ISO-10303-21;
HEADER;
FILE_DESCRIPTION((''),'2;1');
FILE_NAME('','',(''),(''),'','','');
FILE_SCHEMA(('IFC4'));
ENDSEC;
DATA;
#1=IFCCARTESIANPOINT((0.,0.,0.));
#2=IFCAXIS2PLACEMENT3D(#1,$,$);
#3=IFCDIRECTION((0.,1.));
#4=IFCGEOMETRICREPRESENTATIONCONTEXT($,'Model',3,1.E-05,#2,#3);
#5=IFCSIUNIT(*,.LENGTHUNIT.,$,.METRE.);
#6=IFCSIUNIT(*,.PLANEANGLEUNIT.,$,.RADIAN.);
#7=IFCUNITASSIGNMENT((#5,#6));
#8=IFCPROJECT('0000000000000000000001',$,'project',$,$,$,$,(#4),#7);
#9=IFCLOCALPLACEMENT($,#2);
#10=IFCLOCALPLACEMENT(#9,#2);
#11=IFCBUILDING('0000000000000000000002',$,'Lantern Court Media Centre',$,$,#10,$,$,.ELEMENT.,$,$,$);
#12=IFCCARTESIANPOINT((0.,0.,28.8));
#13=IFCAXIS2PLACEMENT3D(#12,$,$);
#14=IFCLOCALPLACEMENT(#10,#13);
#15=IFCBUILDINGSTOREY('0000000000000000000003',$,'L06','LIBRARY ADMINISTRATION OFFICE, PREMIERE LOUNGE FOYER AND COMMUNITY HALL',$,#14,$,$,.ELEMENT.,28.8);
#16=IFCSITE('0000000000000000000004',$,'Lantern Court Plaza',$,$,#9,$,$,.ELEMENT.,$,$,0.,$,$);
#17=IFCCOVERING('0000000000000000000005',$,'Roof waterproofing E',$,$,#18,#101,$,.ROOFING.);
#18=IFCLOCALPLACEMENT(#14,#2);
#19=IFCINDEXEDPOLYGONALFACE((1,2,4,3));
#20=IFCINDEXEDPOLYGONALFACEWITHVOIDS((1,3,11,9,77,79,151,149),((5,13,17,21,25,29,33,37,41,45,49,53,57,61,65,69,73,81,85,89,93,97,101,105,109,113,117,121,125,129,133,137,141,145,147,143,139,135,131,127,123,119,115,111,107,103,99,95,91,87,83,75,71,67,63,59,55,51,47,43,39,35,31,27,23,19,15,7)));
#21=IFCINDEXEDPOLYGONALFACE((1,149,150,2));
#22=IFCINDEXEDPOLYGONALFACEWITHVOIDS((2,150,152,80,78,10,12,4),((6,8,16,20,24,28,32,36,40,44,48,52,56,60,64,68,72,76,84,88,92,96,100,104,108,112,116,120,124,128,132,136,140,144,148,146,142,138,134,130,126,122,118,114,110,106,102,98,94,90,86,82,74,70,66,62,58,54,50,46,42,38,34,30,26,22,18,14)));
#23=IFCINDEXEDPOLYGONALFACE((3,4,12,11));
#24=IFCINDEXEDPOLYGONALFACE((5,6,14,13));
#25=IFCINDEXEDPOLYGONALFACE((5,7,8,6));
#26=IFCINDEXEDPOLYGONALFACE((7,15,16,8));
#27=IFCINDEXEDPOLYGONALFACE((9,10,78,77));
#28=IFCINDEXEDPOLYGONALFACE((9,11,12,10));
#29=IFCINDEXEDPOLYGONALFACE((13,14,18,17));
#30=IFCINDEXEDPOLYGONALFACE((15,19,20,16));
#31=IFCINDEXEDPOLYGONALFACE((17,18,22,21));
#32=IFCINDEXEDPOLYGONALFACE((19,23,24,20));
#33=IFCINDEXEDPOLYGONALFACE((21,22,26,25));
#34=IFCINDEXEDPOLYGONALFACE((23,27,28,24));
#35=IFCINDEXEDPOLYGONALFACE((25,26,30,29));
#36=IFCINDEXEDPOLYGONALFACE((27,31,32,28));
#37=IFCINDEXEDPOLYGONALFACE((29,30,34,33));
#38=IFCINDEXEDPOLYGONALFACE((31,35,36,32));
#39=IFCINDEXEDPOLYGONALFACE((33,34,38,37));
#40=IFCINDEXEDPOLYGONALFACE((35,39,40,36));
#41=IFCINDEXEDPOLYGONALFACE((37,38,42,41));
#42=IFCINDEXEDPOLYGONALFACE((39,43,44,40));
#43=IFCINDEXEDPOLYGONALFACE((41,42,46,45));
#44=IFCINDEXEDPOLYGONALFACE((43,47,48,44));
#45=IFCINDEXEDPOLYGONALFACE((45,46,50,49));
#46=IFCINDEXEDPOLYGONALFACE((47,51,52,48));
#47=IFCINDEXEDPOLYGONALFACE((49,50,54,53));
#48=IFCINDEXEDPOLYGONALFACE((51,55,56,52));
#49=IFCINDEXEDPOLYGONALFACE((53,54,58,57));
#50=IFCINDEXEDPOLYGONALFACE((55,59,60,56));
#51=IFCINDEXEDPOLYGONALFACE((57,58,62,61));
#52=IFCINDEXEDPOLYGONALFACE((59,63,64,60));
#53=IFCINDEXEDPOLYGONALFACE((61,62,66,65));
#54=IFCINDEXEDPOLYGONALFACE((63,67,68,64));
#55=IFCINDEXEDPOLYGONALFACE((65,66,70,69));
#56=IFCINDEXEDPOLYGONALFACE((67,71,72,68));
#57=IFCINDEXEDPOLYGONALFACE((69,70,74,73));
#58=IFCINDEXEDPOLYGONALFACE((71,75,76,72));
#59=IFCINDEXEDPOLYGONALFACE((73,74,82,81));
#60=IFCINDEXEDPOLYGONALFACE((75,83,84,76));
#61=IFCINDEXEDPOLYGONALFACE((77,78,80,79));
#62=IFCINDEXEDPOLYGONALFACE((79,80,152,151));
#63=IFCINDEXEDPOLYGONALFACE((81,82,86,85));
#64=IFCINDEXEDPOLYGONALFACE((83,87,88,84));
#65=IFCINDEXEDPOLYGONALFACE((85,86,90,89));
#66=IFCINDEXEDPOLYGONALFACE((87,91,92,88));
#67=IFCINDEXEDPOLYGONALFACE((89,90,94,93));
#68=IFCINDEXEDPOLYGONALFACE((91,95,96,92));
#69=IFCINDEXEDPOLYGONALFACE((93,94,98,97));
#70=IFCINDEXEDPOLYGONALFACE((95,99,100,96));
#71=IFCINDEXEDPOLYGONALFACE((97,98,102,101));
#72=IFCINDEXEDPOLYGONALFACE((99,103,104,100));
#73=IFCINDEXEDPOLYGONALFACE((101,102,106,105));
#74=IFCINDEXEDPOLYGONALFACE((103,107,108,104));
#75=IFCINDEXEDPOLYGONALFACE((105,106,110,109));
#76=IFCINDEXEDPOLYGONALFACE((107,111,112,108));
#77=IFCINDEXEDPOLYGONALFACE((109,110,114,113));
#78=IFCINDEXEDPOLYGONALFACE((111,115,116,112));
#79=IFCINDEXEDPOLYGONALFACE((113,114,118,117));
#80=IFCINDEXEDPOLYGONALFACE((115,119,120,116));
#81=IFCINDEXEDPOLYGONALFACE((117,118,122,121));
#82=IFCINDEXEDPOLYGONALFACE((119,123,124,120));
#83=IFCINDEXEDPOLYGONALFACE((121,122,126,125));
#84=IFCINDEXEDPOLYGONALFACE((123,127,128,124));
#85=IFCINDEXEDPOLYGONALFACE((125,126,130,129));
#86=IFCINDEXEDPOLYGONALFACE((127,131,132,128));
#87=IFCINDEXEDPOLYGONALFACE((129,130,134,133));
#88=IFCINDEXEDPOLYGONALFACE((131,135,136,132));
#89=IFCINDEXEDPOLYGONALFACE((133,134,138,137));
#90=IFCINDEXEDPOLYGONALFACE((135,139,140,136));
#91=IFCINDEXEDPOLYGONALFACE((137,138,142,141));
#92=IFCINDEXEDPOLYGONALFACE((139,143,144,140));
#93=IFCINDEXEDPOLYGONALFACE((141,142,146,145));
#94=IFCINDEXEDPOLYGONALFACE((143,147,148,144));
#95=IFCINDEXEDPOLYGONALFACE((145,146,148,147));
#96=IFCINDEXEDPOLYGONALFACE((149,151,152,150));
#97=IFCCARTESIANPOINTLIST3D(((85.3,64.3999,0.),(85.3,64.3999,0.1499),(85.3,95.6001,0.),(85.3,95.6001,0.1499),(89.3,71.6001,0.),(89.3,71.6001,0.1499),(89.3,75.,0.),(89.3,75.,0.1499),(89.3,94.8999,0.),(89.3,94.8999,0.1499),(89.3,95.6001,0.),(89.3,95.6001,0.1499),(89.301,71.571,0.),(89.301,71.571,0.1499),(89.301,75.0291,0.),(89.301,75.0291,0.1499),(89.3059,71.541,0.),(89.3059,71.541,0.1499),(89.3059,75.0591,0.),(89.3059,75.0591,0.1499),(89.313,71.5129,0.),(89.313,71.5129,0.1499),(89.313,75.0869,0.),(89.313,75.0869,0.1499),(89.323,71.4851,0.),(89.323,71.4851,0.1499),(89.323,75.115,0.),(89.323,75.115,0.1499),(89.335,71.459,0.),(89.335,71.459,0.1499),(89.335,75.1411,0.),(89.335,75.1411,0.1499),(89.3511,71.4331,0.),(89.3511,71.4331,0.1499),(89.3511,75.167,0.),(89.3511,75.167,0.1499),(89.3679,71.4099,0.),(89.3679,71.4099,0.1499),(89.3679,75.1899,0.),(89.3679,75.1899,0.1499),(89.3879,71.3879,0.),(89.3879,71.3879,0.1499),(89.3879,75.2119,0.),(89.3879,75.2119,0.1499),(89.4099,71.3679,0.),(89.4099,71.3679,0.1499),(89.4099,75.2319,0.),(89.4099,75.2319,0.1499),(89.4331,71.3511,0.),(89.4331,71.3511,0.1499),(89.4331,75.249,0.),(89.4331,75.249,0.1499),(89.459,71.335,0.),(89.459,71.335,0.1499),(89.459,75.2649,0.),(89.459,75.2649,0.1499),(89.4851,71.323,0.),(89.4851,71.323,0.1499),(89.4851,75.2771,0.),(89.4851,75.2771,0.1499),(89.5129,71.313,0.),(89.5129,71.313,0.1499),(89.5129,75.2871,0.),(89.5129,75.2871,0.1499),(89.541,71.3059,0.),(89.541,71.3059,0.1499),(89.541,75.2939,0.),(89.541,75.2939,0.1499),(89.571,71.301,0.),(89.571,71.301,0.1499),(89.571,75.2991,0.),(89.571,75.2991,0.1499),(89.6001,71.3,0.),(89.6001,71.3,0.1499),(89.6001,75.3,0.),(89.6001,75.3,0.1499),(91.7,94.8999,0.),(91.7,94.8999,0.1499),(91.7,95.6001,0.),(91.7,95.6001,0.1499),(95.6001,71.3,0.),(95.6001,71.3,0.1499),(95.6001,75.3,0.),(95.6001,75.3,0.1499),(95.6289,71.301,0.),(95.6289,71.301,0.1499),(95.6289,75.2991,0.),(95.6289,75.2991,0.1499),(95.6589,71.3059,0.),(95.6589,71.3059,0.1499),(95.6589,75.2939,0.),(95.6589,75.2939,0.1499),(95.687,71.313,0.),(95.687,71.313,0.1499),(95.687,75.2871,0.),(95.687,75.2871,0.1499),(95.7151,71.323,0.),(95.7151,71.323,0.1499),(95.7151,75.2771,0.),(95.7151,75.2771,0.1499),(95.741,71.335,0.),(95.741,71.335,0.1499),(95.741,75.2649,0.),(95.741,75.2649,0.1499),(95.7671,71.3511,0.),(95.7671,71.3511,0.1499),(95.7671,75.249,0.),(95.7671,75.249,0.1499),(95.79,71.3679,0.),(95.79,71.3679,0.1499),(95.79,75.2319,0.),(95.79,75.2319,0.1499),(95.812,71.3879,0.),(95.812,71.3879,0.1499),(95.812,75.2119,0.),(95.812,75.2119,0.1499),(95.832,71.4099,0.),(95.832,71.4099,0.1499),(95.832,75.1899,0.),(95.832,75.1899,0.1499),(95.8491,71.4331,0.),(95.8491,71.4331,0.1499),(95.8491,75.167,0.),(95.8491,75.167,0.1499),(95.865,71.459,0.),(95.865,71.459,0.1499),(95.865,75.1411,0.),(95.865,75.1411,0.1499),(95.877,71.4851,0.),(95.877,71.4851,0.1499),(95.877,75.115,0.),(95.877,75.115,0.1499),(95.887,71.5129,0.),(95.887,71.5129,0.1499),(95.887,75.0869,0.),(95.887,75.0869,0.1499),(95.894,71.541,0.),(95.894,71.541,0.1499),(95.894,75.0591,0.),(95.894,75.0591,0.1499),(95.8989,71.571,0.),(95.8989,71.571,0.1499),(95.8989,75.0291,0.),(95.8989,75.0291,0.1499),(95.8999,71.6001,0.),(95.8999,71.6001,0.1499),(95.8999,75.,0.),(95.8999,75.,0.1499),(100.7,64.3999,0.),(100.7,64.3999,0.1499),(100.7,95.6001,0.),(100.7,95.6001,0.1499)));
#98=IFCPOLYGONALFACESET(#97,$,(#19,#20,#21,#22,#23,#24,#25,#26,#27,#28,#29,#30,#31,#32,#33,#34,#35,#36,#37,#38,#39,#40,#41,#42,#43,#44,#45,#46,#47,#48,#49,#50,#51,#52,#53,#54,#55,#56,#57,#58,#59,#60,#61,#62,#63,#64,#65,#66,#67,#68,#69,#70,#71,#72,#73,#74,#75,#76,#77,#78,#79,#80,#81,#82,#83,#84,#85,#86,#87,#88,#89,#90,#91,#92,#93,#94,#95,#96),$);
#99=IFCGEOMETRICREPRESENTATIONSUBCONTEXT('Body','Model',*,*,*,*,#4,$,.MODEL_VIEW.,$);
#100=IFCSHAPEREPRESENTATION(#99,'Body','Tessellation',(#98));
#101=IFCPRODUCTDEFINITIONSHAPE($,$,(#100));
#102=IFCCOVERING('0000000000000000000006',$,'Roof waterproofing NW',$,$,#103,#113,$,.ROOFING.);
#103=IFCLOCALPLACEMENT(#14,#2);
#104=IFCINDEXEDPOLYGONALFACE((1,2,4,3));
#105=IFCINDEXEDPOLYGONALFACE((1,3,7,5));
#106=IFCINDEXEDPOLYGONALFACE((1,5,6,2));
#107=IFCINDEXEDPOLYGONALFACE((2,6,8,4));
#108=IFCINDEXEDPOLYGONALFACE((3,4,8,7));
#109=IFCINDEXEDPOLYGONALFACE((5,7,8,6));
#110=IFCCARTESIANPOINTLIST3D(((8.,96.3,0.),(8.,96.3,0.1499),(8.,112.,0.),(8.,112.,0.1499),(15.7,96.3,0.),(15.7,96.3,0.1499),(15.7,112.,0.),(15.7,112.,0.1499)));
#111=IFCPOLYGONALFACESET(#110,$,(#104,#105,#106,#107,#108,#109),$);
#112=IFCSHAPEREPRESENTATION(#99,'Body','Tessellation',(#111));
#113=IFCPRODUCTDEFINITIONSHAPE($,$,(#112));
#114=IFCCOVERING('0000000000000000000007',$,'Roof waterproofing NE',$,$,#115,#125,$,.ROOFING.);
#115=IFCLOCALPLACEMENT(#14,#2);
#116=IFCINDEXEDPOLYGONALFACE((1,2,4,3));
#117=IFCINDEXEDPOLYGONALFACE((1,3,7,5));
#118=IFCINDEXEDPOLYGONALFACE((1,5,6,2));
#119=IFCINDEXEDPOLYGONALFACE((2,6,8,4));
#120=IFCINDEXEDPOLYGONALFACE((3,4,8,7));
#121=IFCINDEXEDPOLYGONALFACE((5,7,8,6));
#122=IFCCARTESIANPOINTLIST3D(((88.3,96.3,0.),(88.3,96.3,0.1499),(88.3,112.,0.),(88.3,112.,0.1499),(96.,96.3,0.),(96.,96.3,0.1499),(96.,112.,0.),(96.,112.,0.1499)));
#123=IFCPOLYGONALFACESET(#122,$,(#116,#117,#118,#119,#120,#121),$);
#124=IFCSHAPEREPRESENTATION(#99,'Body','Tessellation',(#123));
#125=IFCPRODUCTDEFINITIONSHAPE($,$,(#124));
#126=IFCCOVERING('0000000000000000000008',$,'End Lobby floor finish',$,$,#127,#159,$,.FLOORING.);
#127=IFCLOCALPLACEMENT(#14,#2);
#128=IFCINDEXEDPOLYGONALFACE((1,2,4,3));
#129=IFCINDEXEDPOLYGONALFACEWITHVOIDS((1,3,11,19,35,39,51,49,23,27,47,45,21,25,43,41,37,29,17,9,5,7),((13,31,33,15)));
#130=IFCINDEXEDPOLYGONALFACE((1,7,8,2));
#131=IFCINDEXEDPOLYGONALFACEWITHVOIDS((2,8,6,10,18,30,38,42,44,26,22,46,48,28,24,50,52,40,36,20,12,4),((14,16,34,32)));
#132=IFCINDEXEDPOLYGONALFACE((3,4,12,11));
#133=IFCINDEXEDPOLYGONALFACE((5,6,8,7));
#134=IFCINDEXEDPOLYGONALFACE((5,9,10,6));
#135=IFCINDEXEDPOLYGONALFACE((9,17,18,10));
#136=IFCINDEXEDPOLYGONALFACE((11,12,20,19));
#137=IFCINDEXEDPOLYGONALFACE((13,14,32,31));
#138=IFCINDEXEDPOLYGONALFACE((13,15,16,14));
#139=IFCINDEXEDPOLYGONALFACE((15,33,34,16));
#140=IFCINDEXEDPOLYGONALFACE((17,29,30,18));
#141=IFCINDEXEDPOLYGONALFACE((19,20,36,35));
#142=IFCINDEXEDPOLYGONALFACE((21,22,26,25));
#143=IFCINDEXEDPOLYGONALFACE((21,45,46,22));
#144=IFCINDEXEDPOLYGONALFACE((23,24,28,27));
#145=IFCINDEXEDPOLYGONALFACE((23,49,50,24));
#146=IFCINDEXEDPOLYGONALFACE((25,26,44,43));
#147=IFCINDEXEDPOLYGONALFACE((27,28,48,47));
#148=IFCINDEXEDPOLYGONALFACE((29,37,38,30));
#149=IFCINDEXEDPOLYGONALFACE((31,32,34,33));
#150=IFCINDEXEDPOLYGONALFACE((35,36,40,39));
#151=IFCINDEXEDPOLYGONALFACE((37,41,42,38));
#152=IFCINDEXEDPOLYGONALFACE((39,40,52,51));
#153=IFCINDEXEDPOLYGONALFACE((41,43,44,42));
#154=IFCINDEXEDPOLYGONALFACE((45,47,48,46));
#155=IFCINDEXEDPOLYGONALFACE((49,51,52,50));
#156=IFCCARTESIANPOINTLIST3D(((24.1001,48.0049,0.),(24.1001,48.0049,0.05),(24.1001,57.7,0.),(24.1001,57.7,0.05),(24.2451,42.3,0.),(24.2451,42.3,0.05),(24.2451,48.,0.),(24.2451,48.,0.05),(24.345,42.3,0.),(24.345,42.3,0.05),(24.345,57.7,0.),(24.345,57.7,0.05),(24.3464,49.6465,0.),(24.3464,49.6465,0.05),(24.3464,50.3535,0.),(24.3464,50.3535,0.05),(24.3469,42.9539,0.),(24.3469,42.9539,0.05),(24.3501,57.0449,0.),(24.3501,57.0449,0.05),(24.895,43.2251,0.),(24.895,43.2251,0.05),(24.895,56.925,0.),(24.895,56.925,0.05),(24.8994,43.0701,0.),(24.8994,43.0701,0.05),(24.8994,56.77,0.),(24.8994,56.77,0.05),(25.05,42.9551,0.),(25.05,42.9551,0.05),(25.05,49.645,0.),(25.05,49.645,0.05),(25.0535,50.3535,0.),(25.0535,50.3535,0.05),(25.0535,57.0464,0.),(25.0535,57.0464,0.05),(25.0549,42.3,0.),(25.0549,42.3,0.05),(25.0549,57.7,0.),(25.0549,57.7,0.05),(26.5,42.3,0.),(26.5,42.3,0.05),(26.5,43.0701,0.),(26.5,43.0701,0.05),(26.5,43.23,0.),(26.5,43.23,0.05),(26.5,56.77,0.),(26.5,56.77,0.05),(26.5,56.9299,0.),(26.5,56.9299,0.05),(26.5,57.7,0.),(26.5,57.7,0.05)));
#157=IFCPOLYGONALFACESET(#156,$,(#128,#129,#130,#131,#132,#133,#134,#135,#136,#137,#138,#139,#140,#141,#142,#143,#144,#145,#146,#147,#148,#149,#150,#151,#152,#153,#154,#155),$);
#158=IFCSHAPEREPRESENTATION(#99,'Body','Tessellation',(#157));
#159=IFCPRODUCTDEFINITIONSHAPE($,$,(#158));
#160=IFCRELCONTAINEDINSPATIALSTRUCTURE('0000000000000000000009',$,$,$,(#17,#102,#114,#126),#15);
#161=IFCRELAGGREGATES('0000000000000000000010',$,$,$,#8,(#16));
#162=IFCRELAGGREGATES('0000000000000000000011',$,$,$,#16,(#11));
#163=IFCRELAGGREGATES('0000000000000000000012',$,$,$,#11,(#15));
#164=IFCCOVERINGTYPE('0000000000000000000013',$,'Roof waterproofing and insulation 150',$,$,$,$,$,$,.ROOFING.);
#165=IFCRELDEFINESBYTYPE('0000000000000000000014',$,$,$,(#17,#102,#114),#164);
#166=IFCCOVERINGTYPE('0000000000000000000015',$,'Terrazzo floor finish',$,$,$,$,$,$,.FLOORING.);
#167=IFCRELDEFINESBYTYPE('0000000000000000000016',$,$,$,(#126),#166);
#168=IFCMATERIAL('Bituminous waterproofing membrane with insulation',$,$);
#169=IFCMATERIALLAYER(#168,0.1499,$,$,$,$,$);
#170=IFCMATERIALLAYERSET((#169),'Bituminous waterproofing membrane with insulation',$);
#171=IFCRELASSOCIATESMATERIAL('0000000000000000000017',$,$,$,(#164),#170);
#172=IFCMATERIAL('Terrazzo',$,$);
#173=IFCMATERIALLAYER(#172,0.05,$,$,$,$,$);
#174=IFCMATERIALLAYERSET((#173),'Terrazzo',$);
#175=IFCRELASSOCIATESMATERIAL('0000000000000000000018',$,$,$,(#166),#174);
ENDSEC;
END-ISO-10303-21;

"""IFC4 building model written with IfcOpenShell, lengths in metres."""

from ifc_helpers import new_model, si_unit, direction, frame, origin, place, context, subcontext, project, spatial, polyline, outline, extrude, material, layer, layer_set, type_object, element, save


model = new_model("IFC4")

# Units and contexts
model_context = context("Model", 3, precision=1e-05, world=origin(), true_north=direction((0.0, 1.0)))
body_context = subcontext(model_context, "Body", "Model", "MODEL_VIEW")
ifc_project = project(units=[si_unit("LENGTHUNIT", "METRE"), si_unit("PLANEANGLEUNIT", "RADIAN")], contexts=[model_context])

# Site, building, storey
site_placement = place(None, origin())
site = spatial("IfcSite", under=ifc_project, at=site_placement, Name="Lantern Court Plaza", CompositionType="ELEMENT", RefElevation=0.0)
building_placement = place(site_placement, origin())
building = spatial("IfcBuilding", under=site, at=building_placement, Name="Lantern Court Media Centre", CompositionType="ELEMENT")
storey_placement = place(building_placement, frame((0.0, 0.0, 28.8)))
storey = spatial("IfcBuildingStorey", under=building, at=storey_placement, Name="L06", Description="LIBRARY ADMINISTRATION OFFICE, PREMIERE LOUNGE FOYER AND COMMUNITY HALL", CompositionType="ELEMENT", Elevation=28.8)

# Coverings
ifc_material_1 = material(Name="Bituminous waterproofing membrane with insulation")
ifc_layer_1 = layer(ifc_material_1, 0.1499)
ifc_layer_set_1 = layer_set([ifc_layer_1], Name="Bituminous waterproofing membrane with insulation")
covering_type_1 = type_object("IfcCoveringType", Name="Roof waterproofing and insulation 150", PredefinedType="ROOFING", material=ifc_layer_set_1)
covering_1_placement = place(storey_placement, origin())
element("IfcCovering", 1, at=covering_1_placement, inside=storey, type_object=covering_type_1, Name="Roof waterproofing E", PredefinedType="ROOFING", context=body_context, shape_type="SweptSolid", body=[
    extrude(outline(polyline([(89.3, 95.6001), (89.3, 94.8999), (91.7, 94.8999), (91.7, 95.6001), (100.7, 95.6001), (100.7, 64.3999), (85.3, 64.3999), (85.3, 95.6001), (89.3, 95.6001)]), holes=[polyline([(95.687, 71.313), (95.7151, 71.323), (95.741, 71.335), (95.7671, 71.3511), (95.79, 71.3679), (95.812, 71.3879), (95.832, 71.4099), (95.8491, 71.4331), (95.865, 71.459), (95.877, 71.4851), (95.887, 71.5129), (95.894, 71.541), (95.8989, 71.571), (95.8999, 71.6001), (95.8999, 75.0), (95.8989, 75.0291), (95.894, 75.0591), (95.887, 75.0869), (95.877, 75.115), (95.865, 75.1411), (95.8491, 75.167), (95.832, 75.1899), (95.812, 75.2119), (95.79, 75.2319), (95.7671, 75.249), (95.741, 75.2649), (95.7151, 75.2771), (95.687, 75.2871), (95.6589, 75.2939), (95.6289, 75.2991), (95.6001, 75.3), (89.6001, 75.3), (89.571, 75.2991), (89.541, 75.2939), (89.5129, 75.2871), (89.4851, 75.2771), (89.459, 75.2649), (89.4331, 75.249), (89.4099, 75.2319), (89.3879, 75.2119), (89.3679, 75.1899), (89.3511, 75.167), (89.335, 75.1411), (89.323, 75.115), (89.313, 75.0869), (89.3059, 75.0591), (89.301, 75.0291), (89.3, 75.0), (89.3, 71.6001), (89.301, 71.571), (89.3059, 71.541), (89.313, 71.5129), (89.323, 71.4851), (89.335, 71.459), (89.3511, 71.4331), (89.3679, 71.4099), (89.3879, 71.3879), (89.4099, 71.3679), (89.4331, 71.3511), (89.459, 71.335), (89.4851, 71.323), (89.5129, 71.313), (89.541, 71.3059), (89.571, 71.301), (89.6001, 71.3), (95.6001, 71.3), (95.6289, 71.301), (95.6589, 71.3059), (95.687, 71.313)])]), origin(), (0.0, 0.0, 1.0), 0.1499),
])
covering_2_placement = place(storey_placement, origin())
element("IfcCovering", 2, at=covering_2_placement, inside=storey, type_object=covering_type_1, Name="Roof waterproofing NW", PredefinedType="ROOFING", context=body_context, shape_type="SweptSolid", body=[
    extrude(outline(polyline([(15.7, 112.0), (15.7, 96.3), (8.0, 96.3), (8.0, 112.0), (15.7, 112.0)])), origin(), (0.0, 0.0, 1.0), 0.1499),
])
covering_3_placement = place(storey_placement, origin())
element("IfcCovering", 3, at=covering_3_placement, inside=storey, type_object=covering_type_1, Name="Roof waterproofing NE", PredefinedType="ROOFING", context=body_context, shape_type="SweptSolid", body=[
    extrude(outline(polyline([(88.3, 96.3), (88.3, 112.0), (96.0, 112.0), (96.0, 96.3), (88.3, 96.3)])), origin(), (0.0, 0.0, 1.0), 0.1499),
])
ifc_material_2 = material(Name="Terrazzo")
ifc_layer_2 = layer(ifc_material_2, 0.05)
ifc_layer_set_2 = layer_set([ifc_layer_2], Name="Terrazzo")
covering_type_2 = type_object("IfcCoveringType", Name="Terrazzo floor finish", PredefinedType="FLOORING", material=ifc_layer_set_2)
covering_4_placement = place(storey_placement, origin())
element("IfcCovering", 4, at=covering_4_placement, inside=storey, type_object=covering_type_2, Name="End Lobby floor finish", PredefinedType="FLOORING", context=body_context, shape_type="SweptSolid", body=[
    extrude(outline(polyline([(24.2451, 42.3), (24.2451, 48.0), (24.1001, 48.0049), (24.1001, 57.7), (24.345, 57.7), (24.3501, 57.0449), (25.0535, 57.0464), (25.0549, 57.7), (26.5, 57.7), (26.5, 56.9299), (24.895, 56.925), (24.8994, 56.77), (26.5, 56.77), (26.5, 43.23), (24.895, 43.2251), (24.8994, 43.0701), (26.5, 43.0701), (26.5, 42.3), (25.0549, 42.3), (25.05, 42.9551), (24.3469, 42.9539), (24.345, 42.3), (24.2451, 42.3)]), holes=[polyline([(25.05, 49.645), (25.0535, 50.3535), (24.3464, 50.3535), (24.3464, 49.6465), (25.05, 49.645)])]), origin(), (0.0, 0.0, 1.0), 0.05),
])

save(model, "model.ifc")
